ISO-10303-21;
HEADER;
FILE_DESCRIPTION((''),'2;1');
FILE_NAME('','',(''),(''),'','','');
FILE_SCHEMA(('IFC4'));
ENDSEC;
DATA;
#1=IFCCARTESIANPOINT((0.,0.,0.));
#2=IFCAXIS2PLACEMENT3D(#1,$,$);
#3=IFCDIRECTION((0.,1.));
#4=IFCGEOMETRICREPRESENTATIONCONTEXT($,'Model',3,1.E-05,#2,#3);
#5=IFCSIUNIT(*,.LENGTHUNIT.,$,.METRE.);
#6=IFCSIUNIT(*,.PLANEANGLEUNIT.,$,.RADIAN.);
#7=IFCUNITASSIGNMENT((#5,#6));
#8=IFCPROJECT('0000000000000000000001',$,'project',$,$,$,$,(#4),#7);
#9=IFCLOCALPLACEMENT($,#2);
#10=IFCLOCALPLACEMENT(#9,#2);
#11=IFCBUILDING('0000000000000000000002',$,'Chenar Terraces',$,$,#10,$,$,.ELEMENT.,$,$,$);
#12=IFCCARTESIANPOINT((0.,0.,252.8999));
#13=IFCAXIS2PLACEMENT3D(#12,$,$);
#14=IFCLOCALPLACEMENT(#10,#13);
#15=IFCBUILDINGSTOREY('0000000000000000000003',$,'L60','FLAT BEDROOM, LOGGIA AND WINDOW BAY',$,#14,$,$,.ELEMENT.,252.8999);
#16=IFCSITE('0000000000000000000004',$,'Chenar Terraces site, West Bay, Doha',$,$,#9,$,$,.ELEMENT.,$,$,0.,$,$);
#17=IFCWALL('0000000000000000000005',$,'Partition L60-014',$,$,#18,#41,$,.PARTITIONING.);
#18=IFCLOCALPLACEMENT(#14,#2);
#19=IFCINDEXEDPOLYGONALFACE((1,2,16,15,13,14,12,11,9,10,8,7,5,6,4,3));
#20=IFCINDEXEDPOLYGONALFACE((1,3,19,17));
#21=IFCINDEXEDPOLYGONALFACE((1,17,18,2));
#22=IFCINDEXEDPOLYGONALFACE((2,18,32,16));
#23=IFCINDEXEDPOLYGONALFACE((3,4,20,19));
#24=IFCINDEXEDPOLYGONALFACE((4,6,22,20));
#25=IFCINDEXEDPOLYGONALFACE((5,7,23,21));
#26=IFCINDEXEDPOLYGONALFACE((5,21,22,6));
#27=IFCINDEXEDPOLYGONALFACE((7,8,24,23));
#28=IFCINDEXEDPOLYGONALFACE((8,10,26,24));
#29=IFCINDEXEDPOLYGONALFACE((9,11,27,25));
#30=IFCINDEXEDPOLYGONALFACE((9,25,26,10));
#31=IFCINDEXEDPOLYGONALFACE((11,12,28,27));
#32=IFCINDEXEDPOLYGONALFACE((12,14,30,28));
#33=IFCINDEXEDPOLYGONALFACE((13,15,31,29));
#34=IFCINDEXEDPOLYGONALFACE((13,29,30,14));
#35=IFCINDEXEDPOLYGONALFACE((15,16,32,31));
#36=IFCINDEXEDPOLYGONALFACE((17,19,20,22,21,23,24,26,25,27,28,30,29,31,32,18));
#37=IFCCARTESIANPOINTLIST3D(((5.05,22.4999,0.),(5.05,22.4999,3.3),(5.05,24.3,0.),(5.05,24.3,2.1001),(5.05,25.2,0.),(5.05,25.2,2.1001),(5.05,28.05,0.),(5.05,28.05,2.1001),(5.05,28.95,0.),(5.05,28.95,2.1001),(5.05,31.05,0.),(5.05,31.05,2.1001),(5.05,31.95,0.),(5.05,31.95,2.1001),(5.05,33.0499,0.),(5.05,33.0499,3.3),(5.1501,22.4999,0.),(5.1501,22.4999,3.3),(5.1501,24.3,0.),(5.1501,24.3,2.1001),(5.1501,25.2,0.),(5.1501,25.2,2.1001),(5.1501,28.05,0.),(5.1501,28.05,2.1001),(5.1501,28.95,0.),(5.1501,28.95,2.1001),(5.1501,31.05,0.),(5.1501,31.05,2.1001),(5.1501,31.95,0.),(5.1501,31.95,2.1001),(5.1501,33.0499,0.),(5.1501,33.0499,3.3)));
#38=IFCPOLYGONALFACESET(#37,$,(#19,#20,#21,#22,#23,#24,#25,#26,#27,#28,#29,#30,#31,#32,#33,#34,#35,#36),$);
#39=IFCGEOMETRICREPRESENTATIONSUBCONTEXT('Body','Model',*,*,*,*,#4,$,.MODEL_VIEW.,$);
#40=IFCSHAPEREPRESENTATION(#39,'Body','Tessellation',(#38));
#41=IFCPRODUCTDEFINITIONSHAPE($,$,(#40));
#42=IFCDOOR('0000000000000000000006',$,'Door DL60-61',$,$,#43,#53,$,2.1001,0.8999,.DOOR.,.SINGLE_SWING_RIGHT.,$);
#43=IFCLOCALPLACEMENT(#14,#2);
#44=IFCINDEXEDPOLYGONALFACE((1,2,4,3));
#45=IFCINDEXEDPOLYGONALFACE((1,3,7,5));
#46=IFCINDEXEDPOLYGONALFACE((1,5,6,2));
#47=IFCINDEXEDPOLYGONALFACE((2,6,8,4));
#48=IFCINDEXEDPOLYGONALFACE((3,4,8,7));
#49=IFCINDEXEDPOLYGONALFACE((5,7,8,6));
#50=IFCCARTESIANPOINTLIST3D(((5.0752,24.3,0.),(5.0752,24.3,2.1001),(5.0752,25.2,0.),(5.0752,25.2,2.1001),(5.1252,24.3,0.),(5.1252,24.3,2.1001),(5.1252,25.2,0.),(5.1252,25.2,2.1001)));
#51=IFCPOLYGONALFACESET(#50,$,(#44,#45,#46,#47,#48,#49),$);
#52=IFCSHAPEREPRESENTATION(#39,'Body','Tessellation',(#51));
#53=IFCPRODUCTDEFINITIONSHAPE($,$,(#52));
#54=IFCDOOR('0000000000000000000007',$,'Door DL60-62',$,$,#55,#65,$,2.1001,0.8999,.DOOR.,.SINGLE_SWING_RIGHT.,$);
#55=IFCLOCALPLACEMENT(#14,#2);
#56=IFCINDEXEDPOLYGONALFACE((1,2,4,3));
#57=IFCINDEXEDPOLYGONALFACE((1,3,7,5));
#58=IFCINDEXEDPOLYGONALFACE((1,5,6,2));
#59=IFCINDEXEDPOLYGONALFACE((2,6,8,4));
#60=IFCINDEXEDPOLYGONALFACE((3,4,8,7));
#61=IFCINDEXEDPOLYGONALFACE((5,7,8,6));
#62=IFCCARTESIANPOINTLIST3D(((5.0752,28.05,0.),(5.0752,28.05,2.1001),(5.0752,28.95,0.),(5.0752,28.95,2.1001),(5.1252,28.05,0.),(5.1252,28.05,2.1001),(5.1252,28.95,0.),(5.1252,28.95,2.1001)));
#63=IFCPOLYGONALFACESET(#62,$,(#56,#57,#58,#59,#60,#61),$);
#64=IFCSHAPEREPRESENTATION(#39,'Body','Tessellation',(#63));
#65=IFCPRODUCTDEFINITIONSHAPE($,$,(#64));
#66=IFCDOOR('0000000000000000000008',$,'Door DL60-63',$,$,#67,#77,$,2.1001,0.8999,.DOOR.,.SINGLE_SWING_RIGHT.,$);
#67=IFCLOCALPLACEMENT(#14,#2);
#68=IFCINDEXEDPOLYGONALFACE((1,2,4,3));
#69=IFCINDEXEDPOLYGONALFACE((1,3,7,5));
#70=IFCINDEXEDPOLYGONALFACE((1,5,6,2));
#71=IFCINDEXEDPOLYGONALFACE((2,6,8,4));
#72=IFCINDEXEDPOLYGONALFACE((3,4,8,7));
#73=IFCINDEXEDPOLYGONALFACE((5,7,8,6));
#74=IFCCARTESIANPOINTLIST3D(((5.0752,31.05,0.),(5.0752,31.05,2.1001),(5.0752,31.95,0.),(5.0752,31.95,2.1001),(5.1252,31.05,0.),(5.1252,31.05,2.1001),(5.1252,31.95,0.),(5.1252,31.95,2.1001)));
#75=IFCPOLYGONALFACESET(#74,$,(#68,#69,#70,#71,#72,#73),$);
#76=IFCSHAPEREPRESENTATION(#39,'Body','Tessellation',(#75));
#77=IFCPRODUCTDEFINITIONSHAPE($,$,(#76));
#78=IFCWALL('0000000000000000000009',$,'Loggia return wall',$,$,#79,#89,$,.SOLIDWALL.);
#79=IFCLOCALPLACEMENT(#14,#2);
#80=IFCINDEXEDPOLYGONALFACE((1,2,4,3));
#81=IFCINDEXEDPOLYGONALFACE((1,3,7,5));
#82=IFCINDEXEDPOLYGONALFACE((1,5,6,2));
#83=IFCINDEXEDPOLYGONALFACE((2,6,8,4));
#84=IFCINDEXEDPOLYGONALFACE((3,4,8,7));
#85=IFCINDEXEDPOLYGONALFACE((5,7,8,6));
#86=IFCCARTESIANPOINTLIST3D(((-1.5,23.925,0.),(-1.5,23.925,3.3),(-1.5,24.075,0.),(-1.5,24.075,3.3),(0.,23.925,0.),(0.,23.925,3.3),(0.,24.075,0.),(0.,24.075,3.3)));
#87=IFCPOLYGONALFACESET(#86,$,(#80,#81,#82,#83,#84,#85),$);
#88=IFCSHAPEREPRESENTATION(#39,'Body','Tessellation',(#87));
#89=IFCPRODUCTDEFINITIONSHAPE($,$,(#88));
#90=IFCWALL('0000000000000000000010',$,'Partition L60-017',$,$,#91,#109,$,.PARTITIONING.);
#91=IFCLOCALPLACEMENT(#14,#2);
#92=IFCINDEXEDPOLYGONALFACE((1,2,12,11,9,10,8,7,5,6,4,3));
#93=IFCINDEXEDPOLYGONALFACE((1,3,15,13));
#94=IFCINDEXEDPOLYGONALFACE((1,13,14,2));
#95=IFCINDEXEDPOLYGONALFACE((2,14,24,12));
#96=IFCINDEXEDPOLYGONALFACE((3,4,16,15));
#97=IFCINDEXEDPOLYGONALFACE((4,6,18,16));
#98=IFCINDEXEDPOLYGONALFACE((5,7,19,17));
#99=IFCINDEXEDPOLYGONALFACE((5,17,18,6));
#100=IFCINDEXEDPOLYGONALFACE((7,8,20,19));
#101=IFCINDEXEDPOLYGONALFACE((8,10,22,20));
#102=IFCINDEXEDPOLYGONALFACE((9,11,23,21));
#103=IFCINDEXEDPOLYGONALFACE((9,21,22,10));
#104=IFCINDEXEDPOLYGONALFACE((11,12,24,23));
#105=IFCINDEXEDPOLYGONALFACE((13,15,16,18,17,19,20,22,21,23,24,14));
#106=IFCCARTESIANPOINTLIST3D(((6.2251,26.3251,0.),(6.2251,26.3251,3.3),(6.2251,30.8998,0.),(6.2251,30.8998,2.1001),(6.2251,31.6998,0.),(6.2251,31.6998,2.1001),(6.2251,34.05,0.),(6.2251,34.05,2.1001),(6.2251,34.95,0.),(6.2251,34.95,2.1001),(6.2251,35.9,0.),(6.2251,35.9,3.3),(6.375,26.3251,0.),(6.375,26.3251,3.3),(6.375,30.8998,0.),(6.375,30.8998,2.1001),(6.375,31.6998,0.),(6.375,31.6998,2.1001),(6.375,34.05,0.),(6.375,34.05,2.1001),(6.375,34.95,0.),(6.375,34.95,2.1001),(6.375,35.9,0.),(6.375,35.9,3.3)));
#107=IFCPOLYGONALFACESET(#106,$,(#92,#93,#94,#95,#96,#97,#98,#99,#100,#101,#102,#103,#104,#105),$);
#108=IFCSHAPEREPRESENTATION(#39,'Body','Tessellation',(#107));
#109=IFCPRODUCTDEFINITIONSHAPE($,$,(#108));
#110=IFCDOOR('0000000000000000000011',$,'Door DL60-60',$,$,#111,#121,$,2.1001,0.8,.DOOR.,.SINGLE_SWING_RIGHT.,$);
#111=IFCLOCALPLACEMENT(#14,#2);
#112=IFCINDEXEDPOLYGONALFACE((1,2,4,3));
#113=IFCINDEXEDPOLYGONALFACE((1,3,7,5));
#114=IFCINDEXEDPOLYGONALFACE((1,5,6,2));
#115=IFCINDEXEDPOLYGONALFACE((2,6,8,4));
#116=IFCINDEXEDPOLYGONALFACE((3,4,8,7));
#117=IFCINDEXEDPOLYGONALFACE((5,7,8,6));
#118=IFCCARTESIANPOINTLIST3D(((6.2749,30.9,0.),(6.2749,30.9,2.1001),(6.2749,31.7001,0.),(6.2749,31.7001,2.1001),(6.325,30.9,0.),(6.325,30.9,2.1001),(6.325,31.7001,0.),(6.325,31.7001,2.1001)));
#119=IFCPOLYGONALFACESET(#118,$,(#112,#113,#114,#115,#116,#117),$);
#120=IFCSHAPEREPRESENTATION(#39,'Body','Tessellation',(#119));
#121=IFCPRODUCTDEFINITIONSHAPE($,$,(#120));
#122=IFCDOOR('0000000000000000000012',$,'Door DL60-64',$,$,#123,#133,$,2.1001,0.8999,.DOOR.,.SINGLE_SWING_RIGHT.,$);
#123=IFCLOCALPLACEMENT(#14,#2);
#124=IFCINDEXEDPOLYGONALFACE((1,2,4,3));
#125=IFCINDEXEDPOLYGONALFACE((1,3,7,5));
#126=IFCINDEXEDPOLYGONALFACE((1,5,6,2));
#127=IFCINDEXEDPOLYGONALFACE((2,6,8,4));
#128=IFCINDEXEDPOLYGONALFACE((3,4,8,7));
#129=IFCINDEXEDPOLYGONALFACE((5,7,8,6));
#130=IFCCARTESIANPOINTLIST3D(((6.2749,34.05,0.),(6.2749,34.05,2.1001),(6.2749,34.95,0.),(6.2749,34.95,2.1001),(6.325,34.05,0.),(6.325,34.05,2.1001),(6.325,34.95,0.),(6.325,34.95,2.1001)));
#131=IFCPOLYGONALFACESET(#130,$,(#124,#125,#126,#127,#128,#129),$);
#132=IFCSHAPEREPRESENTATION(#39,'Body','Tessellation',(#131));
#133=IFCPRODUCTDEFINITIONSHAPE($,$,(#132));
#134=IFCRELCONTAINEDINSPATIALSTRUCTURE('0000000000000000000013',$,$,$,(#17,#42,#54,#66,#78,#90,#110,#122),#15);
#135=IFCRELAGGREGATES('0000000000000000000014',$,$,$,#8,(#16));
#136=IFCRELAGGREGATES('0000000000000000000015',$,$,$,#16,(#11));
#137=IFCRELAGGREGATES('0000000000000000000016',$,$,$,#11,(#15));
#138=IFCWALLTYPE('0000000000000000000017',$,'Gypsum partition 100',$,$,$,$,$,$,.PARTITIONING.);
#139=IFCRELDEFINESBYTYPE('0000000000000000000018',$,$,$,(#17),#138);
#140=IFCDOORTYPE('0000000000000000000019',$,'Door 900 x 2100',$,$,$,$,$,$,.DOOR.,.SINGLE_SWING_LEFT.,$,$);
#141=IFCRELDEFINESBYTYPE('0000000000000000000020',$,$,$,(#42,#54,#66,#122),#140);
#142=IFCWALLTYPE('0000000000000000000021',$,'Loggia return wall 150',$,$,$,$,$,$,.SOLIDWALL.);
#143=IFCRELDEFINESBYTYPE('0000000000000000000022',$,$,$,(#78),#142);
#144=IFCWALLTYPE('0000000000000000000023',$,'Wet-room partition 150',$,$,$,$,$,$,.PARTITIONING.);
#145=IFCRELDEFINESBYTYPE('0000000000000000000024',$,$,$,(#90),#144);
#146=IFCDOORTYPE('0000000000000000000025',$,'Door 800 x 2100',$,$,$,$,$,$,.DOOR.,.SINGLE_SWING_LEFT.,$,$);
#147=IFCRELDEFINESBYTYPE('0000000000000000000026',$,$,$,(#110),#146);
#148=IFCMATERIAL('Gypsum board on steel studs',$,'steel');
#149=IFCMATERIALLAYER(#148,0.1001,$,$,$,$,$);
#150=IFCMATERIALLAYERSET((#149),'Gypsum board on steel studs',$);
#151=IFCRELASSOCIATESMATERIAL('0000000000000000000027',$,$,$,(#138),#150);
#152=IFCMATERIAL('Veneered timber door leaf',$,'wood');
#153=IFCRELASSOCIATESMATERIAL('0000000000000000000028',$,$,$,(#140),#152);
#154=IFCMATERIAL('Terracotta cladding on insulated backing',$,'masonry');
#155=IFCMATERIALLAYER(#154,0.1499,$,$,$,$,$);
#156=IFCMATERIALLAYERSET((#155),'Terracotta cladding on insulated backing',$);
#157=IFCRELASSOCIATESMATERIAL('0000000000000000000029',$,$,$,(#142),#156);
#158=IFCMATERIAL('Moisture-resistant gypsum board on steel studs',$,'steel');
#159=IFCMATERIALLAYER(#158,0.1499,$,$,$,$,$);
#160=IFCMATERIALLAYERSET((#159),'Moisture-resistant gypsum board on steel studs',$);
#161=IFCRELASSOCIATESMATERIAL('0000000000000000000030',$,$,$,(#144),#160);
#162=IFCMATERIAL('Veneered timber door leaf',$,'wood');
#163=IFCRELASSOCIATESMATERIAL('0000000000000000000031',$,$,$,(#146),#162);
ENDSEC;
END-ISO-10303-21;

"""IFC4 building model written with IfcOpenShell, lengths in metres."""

from ifc_helpers import new_model, si_unit, direction, frame, frame_2d, origin, place, context, subcontext, project, spatial, rectangle, extrude, material, layer, layer_set, type_object, element, fill, save


model = new_model("IFC4")

# Units and contexts
model_context = context("Model", 3, precision=1e-05, world=origin(), true_north=direction((0.0, 1.0)))
body_context = subcontext(model_context, "Body", "Model", "MODEL_VIEW")
ifc_project = project(units=[si_unit("LENGTHUNIT", "METRE"), si_unit("PLANEANGLEUNIT", "RADIAN")], contexts=[model_context])

# Site, building, storey
site_placement = place(None, origin())
site = spatial("IfcSite", under=ifc_project, at=site_placement, Name="Chenar Terraces site, West Bay, Doha", CompositionType="ELEMENT", RefElevation=0.0)
building_placement = place(site_placement, origin())
building = spatial("IfcBuilding", under=site, at=building_placement, Name="Chenar Terraces", CompositionType="ELEMENT")
storey_placement = place(building_placement, frame((0.0, 0.0, 252.8999)))
storey = spatial("IfcBuildingStorey", under=building, at=storey_placement, Name="L60", Description="FLAT BEDROOM, LOGGIA AND WINDOW BAY", CompositionType="ELEMENT", Elevation=252.8999)

# Shared definitions
ifc_material_1 = material(Name="Gypsum board on steel studs", Category="steel")
ifc_layer_1 = layer(ifc_material_1, 0.1001)
ifc_layer_set_1 = layer_set([ifc_layer_1], Name="Gypsum board on steel studs")
wall_type_1 = type_object("IfcWallType", Name="Gypsum partition 100", PredefinedType="PARTITIONING", material=ifc_layer_set_1)

# Wall, openings, doors
wall_1_placement = place(storey_placement, frame((5.1001, 22.5, 0.0), z_axis=(0.0, 0.0, 1.0), x_axis=(0.0, 1.0, 0.0)))
wall_1 = element("IfcWall", 1, at=wall_1_placement, inside=storey, type_object=wall_type_1, Name="Partition L60-014", PredefinedType="PARTITIONING", context=body_context, shape_type="SweptSolid", body=[
    extrude(rectangle(XDim=10.55, YDim=0.1001, at=frame_2d((5.2749, 0.0))), origin(), (0.0, 0.0, 1.0), 3.3),
])
opening_1_placement = place(wall_1_placement, frame((1.8, 0.0, 0.0)))
opening_1 = element("IfcOpeningElement", 2, at=opening_1_placement, cuts=wall_1, PredefinedType="OPENING", context=body_context, shape_type="SweptSolid", body=[
    extrude(rectangle(XDim=0.8999, YDim=2.1001, at=frame_2d((0.45, 1.05))), frame((0.0, 0.0601, 0.0), z_axis=(0.0, -1.0, 0.0), x_axis=(1.0, 0.0, 0.0)), (0.0, 0.0, 1.0), 0.1201),
])
opening_2_placement = place(wall_1_placement, frame((5.55, 0.0, 0.0)))
opening_2 = element("IfcOpeningElement", 3, at=opening_2_placement, cuts=wall_1, PredefinedType="OPENING", context=body_context, shape_type="SweptSolid", body=[
    extrude(rectangle(XDim=0.8999, YDim=2.1001, at=frame_2d((0.45, 1.05))), frame((0.0, 0.0601, 0.0), z_axis=(0.0, -1.0, 0.0), x_axis=(1.0, 0.0, 0.0)), (0.0, 0.0, 1.0), 0.1201),
])
opening_3_placement = place(wall_1_placement, frame((8.55, 0.0, 0.0)))
opening_3 = element("IfcOpeningElement", 4, at=opening_3_placement, cuts=wall_1, PredefinedType="OPENING", context=body_context, shape_type="SweptSolid", body=[
    extrude(rectangle(XDim=0.8999, YDim=2.1001, at=frame_2d((0.45, 1.05))), frame((0.0, 0.0601, 0.0), z_axis=(0.0, -1.0, 0.0), x_axis=(1.0, 0.0, 0.0)), (0.0, 0.0, 1.0), 0.1201),
])
ifc_material_2 = material(Name="Veneered timber door leaf", Category="wood")
door_type_1 = type_object("IfcDoorType", Name="Door 900 x 2100", OperationType="SINGLE_SWING_LEFT", PredefinedType="DOOR", material=ifc_material_2)
door_1_placement = place(opening_1_placement, origin())
door_1 = element("IfcDoor", 5, at=door_1_placement, inside=storey, type_object=door_type_1, Name="Door DL60-61", OperationType="SINGLE_SWING_RIGHT", OverallHeight=2.1001, OverallWidth=0.8999, PredefinedType="DOOR", context=body_context, shape_type="SweptSolid", body=[
    extrude(rectangle(XDim=0.8999, YDim=2.1001, at=frame_2d((0.45, 1.05))), frame((0.0, 0.0249, 0.0), z_axis=(0.0, -1.0, 0.0), x_axis=(1.0, 0.0, 0.0)), (0.0, 0.0, 1.0), 0.05),
])
fill(opening_1, door_1)
door_2_placement = place(opening_2_placement, origin())
door_2 = element("IfcDoor", 6, at=door_2_placement, inside=storey, type_object=door_type_1, Name="Door DL60-62", OperationType="SINGLE_SWING_RIGHT", OverallHeight=2.1001, OverallWidth=0.8999, PredefinedType="DOOR", context=body_context, shape_type="SweptSolid", body=[
    extrude(rectangle(XDim=0.8999, YDim=2.1001, at=frame_2d((0.45, 1.05))), frame((0.0, 0.0249, 0.0), z_axis=(0.0, -1.0, 0.0), x_axis=(1.0, 0.0, 0.0)), (0.0, 0.0, 1.0), 0.05),
])
fill(opening_2, door_2)
door_3_placement = place(opening_3_placement, origin())
door_3 = element("IfcDoor", 7, at=door_3_placement, inside=storey, type_object=door_type_1, Name="Door DL60-63", OperationType="SINGLE_SWING_RIGHT", OverallHeight=2.1001, OverallWidth=0.8999, PredefinedType="DOOR", context=body_context, shape_type="SweptSolid", body=[
    extrude(rectangle(XDim=0.8999, YDim=2.1001, at=frame_2d((0.45, 1.05))), frame((0.0, 0.0249, 0.0), z_axis=(0.0, -1.0, 0.0), x_axis=(1.0, 0.0, 0.0)), (0.0, 0.0, 1.0), 0.05),
])
fill(opening_3, door_3)

# Wall
ifc_material_3 = material(Name="Terracotta cladding on insulated backing", Category="masonry")
ifc_layer_2 = layer(ifc_material_3, 0.1499)
ifc_layer_set_2 = layer_set([ifc_layer_2], Name="Terracotta cladding on insulated backing")
wall_type_2 = type_object("IfcWallType", Name="Loggia return wall 150", PredefinedType="SOLIDWALL", material=ifc_layer_set_2)
wall_2_placement = place(storey_placement, frame((-1.5, 24.0, 0.0), z_axis=(0.0, 0.0, 1.0), x_axis=(1.0, 0.0, 0.0)))
element("IfcWall", 8, at=wall_2_placement, inside=storey, type_object=wall_type_2, Name="Loggia return wall", PredefinedType="SOLIDWALL", context=body_context, shape_type="SweptSolid", body=[
    extrude(rectangle(XDim=1.5, YDim=0.1499, at=frame_2d((0.75, 0.0))), origin(), (0.0, 0.0, 1.0), 3.3),
])

# Wall, openings, doors
ifc_material_4 = material(Name="Moisture-resistant gypsum board on steel studs", Category="steel")
ifc_layer_3 = layer(ifc_material_4, 0.1499)
ifc_layer_set_3 = layer_set([ifc_layer_3], Name="Moisture-resistant gypsum board on steel studs")
wall_type_3 = type_object("IfcWallType", Name="Wet-room partition 150", PredefinedType="PARTITIONING", material=ifc_layer_set_3)
wall_3_placement = place(storey_placement, frame((6.3, 26.325, 0.0), z_axis=(0.0, 0.0, 1.0), x_axis=(0.0, 1.0, 0.0)))
wall_3 = element("IfcWall", 9, at=wall_3_placement, inside=storey, type_object=wall_type_3, Name="Partition L60-017", PredefinedType="PARTITIONING", context=body_context, shape_type="SweptSolid", body=[
    extrude(rectangle(XDim=9.575, YDim=0.1499, at=frame_2d((4.7876, 0.0))), origin(), (0.0, 0.0, 1.0), 3.3),
])
opening_4_placement = place(wall_3_placement, frame((4.575, 0.0, 0.0)))
opening_4 = element("IfcOpeningElement", 10, at=opening_4_placement, cuts=wall_3, PredefinedType="OPENING", context=body_context, shape_type="SweptSolid", body=[
    extrude(rectangle(XDim=0.8, YDim=2.1001, at=frame_2d((0.3999, 1.05))), frame((0.0, 0.085, 0.0), z_axis=(0.0, -1.0, 0.0), x_axis=(1.0, 0.0, 0.0)), (0.0, 0.0, 1.0), 0.1699),
])
opening_5_placement = place(wall_3_placement, frame((7.7251, 0.0, 0.0)))
opening_5 = element("IfcOpeningElement", 11, at=opening_5_placement, cuts=wall_3, PredefinedType="OPENING", context=body_context, shape_type="SweptSolid", body=[
    extrude(rectangle(XDim=0.8999, YDim=2.1001, at=frame_2d((0.45, 1.05))), frame((0.0, 0.085, 0.0), z_axis=(0.0, -1.0, 0.0), x_axis=(1.0, 0.0, 0.0)), (0.0, 0.0, 1.0), 0.1699),
])
ifc_material_5 = material(Name="Veneered timber door leaf", Category="wood")
door_type_2 = type_object("IfcDoorType", Name="Door 800 x 2100", OperationType="SINGLE_SWING_LEFT", PredefinedType="DOOR", material=ifc_material_5)
door_4_placement = place(opening_4_placement, frame((0.8, 0.0, 0.0), z_axis=(0.0, 0.0, 1.0), x_axis=(-1.0, 0.0, 0.0)))
door_4 = element("IfcDoor", 12, at=door_4_placement, inside=storey, type_object=door_type_2, Name="Door DL60-60", OperationType="SINGLE_SWING_RIGHT", OverallHeight=2.1001, OverallWidth=0.8, PredefinedType="DOOR", context=body_context, shape_type="SweptSolid", body=[
    extrude(rectangle(XDim=0.8, YDim=2.1001, at=frame_2d((0.3999, 1.05))), frame((0.0, 0.0249, 0.0), z_axis=(0.0, -1.0, 0.0), x_axis=(1.0, 0.0, 0.0)), (0.0, 0.0, 1.0), 0.05),
])
fill(opening_4, door_4)
door_5_placement = place(opening_5_placement, frame((0.8999, 0.0, 0.0), z_axis=(0.0, 0.0, 1.0), x_axis=(-1.0, 0.0, 0.0)))
door_5 = element("IfcDoor", 13, at=door_5_placement, inside=storey, type_object=door_type_1, Name="Door DL60-64", OperationType="SINGLE_SWING_RIGHT", OverallHeight=2.1001, OverallWidth=0.8999, PredefinedType="DOOR", context=body_context, shape_type="SweptSolid", body=[
    extrude(rectangle(XDim=0.8999, YDim=2.1001, at=frame_2d((0.45, 1.05))), frame((0.0, 0.0249, 0.0), z_axis=(0.0, -1.0, 0.0), x_axis=(1.0, 0.0, 0.0)), (0.0, 0.0, 1.0), 0.05),
])
fill(opening_5, door_5)

save(model, "model.ifc")
